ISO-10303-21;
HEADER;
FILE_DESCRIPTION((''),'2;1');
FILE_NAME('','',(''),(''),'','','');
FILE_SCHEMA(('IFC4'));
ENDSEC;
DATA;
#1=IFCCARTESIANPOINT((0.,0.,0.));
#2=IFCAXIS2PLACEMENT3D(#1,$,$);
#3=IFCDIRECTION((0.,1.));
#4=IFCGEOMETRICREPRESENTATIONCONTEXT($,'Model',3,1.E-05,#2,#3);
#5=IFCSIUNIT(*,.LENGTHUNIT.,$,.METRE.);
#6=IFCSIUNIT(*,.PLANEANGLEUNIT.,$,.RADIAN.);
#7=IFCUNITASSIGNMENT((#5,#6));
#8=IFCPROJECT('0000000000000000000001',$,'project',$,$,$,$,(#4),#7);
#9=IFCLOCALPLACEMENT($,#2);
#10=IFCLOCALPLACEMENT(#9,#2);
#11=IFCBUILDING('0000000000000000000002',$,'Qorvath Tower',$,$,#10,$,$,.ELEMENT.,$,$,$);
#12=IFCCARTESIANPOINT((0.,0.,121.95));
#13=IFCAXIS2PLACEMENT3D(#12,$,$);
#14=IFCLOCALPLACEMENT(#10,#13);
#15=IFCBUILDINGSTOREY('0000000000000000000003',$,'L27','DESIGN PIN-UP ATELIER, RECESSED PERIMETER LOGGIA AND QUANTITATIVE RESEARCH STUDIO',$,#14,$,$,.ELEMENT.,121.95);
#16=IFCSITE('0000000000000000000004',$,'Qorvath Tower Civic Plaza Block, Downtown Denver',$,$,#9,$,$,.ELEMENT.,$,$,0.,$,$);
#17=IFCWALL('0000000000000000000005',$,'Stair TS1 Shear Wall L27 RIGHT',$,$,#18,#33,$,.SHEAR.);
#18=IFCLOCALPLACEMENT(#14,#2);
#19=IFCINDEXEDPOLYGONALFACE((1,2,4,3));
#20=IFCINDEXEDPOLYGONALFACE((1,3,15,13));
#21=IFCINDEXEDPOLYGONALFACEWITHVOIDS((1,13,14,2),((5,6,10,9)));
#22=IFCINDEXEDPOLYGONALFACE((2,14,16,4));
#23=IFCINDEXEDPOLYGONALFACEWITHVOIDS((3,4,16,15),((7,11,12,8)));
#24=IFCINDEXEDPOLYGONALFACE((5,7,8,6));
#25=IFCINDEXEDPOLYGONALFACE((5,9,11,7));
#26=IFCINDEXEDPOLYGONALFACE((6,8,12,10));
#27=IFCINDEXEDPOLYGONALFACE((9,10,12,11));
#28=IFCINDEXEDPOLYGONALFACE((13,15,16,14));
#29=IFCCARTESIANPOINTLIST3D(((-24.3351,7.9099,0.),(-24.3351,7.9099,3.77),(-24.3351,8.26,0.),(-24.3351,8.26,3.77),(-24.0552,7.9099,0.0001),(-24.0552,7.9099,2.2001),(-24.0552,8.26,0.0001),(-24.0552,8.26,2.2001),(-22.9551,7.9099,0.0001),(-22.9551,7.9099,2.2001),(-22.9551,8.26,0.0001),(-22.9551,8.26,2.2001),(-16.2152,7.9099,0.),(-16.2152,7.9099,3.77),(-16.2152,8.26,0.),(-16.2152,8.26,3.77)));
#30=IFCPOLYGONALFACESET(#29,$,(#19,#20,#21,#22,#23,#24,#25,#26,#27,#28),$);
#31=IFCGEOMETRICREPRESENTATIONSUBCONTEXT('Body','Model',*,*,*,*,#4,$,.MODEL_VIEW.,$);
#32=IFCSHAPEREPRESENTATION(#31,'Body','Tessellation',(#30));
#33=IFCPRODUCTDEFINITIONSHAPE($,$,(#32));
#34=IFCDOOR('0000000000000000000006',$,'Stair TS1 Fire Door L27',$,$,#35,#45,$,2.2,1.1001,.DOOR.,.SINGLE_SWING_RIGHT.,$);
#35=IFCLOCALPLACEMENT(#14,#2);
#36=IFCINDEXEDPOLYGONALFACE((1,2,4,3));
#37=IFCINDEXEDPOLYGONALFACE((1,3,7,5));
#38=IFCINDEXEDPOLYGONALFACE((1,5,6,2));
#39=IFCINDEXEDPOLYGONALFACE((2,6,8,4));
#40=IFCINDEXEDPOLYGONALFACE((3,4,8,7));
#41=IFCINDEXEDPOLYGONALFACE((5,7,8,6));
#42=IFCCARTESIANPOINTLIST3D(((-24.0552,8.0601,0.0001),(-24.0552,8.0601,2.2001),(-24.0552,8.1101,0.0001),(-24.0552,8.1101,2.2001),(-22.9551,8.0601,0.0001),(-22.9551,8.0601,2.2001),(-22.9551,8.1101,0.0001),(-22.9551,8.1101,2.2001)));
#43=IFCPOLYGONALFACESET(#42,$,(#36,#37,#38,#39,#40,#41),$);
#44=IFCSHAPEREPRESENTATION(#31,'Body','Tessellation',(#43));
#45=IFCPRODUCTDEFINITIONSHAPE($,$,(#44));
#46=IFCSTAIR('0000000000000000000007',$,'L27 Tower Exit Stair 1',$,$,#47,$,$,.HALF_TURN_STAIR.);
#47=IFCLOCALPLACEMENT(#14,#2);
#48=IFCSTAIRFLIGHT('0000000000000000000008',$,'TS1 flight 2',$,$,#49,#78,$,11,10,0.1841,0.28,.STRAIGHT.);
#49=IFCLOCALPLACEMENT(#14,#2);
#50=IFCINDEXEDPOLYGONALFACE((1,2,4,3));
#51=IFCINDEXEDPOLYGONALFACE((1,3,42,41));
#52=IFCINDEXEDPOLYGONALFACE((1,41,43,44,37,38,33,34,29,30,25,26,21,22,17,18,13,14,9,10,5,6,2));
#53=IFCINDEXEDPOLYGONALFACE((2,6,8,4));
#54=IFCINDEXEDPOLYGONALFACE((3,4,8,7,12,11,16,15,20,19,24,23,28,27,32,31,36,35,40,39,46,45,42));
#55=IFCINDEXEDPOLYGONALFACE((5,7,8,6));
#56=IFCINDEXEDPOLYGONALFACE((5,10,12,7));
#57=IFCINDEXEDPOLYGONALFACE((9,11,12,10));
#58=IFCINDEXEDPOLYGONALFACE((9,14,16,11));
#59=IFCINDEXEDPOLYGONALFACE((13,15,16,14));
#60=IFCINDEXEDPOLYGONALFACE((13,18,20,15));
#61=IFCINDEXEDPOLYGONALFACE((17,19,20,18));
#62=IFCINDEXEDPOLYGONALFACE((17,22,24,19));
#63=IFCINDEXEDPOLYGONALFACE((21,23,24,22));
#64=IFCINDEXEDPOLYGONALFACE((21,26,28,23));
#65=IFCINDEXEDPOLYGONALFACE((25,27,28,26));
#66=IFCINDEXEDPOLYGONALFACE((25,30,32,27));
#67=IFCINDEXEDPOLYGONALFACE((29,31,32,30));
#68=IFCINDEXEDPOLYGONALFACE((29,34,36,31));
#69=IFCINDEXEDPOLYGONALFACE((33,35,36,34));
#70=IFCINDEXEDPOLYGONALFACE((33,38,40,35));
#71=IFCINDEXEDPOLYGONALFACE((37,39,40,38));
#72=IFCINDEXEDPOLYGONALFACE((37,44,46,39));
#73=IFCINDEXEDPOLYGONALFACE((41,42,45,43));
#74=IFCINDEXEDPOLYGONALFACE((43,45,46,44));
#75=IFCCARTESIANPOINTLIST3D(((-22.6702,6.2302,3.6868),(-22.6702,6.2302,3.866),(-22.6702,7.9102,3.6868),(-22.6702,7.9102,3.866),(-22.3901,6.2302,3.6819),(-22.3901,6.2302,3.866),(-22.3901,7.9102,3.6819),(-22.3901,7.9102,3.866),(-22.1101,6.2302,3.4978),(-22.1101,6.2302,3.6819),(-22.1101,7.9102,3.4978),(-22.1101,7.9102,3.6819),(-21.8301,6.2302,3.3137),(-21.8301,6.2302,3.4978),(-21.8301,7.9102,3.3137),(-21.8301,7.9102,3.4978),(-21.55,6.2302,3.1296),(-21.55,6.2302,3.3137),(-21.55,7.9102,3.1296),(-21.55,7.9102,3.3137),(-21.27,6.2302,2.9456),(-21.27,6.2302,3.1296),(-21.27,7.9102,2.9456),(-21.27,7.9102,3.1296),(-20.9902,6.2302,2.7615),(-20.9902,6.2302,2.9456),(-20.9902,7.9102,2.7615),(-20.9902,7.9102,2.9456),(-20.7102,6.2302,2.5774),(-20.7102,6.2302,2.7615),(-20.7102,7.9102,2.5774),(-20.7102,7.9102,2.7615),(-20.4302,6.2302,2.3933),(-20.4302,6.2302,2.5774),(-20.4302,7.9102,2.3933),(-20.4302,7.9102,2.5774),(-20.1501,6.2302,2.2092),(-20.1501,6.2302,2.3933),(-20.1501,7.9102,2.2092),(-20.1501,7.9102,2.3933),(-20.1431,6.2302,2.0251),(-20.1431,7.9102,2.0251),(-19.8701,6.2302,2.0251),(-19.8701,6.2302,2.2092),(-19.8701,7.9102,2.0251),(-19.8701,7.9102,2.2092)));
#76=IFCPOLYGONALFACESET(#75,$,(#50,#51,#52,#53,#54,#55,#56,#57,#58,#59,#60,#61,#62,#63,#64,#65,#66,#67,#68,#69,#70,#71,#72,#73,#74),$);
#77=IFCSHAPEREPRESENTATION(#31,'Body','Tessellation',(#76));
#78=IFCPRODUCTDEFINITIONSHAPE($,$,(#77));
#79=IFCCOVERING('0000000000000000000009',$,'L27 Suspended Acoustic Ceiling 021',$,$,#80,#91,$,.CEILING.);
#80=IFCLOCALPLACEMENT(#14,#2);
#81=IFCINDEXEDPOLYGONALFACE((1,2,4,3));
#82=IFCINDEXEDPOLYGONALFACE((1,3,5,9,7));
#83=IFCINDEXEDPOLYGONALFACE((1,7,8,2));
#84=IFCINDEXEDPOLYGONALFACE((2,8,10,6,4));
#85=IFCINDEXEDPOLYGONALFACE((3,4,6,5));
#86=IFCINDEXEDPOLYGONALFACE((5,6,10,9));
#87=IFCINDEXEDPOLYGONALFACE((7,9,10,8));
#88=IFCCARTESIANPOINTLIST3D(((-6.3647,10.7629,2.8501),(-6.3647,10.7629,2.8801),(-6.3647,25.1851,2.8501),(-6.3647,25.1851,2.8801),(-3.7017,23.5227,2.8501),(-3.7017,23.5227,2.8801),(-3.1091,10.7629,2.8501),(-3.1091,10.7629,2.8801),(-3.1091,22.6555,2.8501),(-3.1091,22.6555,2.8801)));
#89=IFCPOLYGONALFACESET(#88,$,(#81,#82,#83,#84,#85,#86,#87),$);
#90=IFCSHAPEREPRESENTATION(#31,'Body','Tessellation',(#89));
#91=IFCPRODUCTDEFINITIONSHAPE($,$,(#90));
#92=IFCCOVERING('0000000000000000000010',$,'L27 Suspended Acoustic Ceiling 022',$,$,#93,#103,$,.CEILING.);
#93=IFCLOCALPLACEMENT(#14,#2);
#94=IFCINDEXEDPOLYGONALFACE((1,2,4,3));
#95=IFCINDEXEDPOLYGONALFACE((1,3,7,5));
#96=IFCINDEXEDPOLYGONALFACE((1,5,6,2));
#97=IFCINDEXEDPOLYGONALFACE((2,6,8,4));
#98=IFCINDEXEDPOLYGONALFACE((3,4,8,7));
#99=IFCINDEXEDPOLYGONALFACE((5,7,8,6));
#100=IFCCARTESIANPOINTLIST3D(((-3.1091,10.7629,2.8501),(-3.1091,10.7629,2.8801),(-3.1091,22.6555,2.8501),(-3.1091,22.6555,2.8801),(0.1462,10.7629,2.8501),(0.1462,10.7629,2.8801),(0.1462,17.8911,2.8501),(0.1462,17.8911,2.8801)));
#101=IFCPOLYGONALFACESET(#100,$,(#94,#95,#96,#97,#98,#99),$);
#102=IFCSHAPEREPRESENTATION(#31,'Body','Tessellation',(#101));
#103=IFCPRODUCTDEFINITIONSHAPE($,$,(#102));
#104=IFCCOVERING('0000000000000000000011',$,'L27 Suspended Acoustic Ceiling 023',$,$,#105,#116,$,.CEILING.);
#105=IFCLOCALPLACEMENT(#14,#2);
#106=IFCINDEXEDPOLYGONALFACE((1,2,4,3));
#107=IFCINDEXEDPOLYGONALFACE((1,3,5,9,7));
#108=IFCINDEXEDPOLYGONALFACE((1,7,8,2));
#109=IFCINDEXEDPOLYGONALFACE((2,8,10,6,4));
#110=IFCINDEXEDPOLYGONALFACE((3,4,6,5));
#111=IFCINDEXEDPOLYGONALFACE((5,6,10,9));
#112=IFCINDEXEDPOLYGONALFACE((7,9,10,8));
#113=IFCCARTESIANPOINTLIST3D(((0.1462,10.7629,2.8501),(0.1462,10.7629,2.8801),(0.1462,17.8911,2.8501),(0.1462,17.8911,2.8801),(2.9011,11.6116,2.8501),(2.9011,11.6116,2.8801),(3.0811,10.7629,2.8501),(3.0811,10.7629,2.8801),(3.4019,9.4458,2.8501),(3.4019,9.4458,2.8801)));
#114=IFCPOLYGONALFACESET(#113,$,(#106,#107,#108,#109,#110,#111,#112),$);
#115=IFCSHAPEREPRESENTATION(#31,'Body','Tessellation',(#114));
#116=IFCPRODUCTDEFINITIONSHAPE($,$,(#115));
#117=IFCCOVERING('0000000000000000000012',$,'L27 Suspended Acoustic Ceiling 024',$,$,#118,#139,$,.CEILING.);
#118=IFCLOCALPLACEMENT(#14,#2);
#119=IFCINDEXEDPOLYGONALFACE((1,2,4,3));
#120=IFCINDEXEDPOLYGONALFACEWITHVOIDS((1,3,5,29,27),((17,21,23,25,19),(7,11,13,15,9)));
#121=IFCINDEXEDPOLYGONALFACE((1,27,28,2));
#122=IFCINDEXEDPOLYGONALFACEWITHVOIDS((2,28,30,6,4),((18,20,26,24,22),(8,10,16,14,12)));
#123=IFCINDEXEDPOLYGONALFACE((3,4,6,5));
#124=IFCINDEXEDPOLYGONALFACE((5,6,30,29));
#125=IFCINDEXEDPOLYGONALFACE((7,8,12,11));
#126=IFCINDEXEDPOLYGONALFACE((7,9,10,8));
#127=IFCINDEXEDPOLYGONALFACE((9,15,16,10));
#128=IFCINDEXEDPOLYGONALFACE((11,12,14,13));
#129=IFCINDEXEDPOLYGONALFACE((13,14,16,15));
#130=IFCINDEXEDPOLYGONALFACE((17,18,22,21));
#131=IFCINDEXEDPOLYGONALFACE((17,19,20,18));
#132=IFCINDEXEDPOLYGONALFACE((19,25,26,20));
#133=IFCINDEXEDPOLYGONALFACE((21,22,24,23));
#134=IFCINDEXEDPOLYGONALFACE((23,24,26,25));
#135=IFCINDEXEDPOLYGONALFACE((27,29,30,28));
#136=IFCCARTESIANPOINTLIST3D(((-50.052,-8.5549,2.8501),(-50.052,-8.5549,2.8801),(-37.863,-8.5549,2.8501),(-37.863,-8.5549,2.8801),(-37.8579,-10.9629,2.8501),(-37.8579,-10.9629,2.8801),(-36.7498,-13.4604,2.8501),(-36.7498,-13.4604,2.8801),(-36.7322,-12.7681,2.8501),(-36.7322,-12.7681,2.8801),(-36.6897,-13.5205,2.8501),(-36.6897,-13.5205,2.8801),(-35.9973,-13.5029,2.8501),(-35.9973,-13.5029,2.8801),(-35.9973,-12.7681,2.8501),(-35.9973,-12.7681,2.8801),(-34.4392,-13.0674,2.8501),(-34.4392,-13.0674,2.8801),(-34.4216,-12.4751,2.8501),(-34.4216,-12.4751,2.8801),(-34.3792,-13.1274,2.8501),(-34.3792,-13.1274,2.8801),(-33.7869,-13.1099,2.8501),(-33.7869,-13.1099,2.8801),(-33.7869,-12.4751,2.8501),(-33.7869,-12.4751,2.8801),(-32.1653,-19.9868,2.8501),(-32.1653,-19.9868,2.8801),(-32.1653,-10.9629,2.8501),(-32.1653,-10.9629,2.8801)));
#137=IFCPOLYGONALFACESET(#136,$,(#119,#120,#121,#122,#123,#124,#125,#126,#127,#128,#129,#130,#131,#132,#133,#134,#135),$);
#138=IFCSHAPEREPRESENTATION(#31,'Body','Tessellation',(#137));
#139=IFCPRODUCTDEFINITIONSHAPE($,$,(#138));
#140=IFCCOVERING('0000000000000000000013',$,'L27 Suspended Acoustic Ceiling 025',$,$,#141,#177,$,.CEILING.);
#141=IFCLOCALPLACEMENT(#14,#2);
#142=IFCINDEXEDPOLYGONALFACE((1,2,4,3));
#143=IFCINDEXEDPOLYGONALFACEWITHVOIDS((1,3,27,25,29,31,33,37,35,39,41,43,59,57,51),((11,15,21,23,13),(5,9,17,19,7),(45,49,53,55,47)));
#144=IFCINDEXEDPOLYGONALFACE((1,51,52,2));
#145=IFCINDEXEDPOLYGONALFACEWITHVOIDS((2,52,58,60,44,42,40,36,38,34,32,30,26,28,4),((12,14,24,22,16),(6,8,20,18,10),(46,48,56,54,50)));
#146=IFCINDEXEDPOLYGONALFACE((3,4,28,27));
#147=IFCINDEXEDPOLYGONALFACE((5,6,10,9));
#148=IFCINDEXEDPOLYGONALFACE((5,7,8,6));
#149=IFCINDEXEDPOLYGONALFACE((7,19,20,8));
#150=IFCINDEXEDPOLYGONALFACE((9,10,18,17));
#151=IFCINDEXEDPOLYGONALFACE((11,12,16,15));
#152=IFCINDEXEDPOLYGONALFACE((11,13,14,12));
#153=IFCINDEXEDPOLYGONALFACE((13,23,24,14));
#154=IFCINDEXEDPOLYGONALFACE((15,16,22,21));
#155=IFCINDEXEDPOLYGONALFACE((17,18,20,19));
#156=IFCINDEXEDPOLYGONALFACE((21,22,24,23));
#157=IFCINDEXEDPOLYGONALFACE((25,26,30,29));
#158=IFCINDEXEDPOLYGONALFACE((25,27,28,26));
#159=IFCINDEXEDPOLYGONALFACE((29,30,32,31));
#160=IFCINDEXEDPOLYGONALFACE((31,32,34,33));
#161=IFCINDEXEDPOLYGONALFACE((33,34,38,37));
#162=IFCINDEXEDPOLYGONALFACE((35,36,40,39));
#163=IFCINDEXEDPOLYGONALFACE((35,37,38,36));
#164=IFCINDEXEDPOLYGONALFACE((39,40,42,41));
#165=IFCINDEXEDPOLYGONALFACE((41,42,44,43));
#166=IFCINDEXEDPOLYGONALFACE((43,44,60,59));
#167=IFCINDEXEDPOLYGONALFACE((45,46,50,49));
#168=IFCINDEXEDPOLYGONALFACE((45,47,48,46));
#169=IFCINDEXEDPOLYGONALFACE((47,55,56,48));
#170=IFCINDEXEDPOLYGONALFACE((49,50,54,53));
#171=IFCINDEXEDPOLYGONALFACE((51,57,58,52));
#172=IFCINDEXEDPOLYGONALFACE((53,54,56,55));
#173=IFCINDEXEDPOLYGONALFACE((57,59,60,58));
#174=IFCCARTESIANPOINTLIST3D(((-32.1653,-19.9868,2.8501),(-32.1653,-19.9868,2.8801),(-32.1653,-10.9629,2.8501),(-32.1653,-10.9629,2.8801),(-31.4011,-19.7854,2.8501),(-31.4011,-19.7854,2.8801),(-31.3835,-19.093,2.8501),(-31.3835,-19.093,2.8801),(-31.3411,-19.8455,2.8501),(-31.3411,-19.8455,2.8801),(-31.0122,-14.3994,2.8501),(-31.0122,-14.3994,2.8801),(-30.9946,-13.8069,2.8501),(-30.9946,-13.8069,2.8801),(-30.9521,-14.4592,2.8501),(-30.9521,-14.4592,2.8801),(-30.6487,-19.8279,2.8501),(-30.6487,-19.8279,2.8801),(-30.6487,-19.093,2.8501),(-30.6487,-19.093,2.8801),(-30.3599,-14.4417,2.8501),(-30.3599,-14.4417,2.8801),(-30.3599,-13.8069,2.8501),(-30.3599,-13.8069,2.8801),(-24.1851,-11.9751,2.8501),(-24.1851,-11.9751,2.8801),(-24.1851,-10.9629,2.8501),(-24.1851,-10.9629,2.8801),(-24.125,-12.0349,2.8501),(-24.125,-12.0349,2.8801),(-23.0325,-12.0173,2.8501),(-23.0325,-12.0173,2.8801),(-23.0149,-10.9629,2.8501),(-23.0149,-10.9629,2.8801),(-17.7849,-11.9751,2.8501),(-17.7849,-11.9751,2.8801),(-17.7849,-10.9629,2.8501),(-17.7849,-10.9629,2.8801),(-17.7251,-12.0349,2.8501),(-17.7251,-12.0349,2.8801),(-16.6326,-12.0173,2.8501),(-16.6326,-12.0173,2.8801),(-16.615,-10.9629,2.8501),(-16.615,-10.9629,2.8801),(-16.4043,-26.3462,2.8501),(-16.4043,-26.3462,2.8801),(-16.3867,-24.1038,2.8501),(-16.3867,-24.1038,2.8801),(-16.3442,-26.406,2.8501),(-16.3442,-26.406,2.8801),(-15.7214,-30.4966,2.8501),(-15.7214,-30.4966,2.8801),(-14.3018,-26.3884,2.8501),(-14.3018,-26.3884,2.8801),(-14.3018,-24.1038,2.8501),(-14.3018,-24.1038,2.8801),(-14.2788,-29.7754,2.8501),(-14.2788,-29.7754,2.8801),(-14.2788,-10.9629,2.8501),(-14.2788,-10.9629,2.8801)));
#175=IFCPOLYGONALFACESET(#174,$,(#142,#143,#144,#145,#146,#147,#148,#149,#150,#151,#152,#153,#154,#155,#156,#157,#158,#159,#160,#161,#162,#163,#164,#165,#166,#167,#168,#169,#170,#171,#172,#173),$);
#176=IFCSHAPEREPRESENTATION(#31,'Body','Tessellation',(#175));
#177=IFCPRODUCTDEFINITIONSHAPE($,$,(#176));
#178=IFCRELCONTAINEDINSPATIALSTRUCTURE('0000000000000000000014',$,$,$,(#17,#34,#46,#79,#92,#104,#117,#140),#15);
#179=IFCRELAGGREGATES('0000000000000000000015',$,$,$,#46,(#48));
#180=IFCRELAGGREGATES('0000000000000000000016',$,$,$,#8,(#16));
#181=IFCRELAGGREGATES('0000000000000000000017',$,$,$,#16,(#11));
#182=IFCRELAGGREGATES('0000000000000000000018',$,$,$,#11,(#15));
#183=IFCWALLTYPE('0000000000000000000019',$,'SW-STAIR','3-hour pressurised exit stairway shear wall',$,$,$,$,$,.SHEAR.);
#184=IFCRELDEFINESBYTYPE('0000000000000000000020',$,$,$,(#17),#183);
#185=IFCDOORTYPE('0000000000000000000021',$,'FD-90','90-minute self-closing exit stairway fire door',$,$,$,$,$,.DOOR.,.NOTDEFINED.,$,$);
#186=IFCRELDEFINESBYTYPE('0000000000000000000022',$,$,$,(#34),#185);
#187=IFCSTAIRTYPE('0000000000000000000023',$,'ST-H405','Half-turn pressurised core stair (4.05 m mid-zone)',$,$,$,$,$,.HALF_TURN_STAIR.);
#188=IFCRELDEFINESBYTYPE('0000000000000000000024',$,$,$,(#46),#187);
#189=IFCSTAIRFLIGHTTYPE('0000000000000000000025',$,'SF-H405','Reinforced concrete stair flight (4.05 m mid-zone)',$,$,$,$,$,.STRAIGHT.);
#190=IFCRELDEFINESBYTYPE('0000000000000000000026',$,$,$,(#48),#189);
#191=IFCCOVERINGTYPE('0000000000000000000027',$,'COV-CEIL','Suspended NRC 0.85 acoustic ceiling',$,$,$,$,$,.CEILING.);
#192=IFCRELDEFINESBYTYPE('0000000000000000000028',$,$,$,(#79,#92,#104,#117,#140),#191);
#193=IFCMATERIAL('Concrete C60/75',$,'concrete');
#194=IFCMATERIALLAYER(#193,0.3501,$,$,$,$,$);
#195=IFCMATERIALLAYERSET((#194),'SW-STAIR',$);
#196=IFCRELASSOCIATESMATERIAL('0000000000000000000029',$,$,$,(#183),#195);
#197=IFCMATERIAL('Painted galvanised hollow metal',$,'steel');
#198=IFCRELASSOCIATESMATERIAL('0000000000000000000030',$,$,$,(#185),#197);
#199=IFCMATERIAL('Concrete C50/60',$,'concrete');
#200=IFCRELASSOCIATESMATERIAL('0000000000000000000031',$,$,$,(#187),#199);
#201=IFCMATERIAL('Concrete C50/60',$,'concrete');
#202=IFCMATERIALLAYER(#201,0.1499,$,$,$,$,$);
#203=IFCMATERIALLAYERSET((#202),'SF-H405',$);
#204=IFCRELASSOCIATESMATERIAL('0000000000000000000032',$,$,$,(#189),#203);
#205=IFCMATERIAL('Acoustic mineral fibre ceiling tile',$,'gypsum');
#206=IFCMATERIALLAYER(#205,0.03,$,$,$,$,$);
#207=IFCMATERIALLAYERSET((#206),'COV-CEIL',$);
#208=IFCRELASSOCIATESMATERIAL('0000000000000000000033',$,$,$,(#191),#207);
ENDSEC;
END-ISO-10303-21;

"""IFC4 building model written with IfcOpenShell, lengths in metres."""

from ifc_helpers import new_model, si_unit, direction, frame, frame_2d, origin, place, context, subcontext, project, spatial, polyline, rectangle, outline, extrude, material, layer, layer_set, type_object, element, fill, aggregate, save


model = new_model("IFC4")

# Units and contexts
model_context = context("Model", 3, precision=1e-05, world=origin(), true_north=direction((0.0, 1.0)))
body_context = subcontext(model_context, "Body", "Model", "MODEL_VIEW")
ifc_project = project(units=[si_unit("LENGTHUNIT", "METRE"), si_unit("PLANEANGLEUNIT", "RADIAN")], contexts=[model_context])

# Site, building, storey
site_placement = place(None, origin())
site = spatial("IfcSite", under=ifc_project, at=site_placement, Name="Qorvath Tower Civic Plaza Block, Downtown Denver", CompositionType="ELEMENT", RefElevation=0.0)
building_placement = place(site_placement, origin())
building = spatial("IfcBuilding", under=site, at=building_placement, Name="Qorvath Tower", CompositionType="ELEMENT")
storey_placement = place(building_placement, frame((0.0, 0.0, 121.95)))
storey = spatial("IfcBuildingStorey", under=building, at=storey_placement, Name="L27", Description="DESIGN PIN-UP ATELIER, RECESSED PERIMETER LOGGIA AND QUANTITATIVE RESEARCH STUDIO", CompositionType="ELEMENT", Elevation=121.95)

# Shared definitions
ifc_material_1 = material(Name="Concrete C60/75", Category="concrete")
ifc_layer_1 = layer(ifc_material_1, 0.3501)
ifc_layer_set_1 = layer_set([ifc_layer_1], Name="SW-STAIR")
wall_type_1 = type_object("IfcWallType", Name="SW-STAIR", Description="3-hour pressurised exit stairway shear wall", PredefinedType="SHEAR", material=ifc_layer_set_1)

# Wall, opening, door
wall_1_placement = place(storey_placement, frame((-16.2151, 8.085, 0.0), z_axis=(0.0, 0.0, 1.0), x_axis=(-1.0, 0.0, 0.0)))
wall_1 = element("IfcWall", 1, at=wall_1_placement, inside=storey, type_object=wall_type_1, Name="Stair TS1 Shear Wall L27 RIGHT", PredefinedType="SHEAR", context=body_context, shape_type="SweptSolid", body=[
    extrude(rectangle(XDim=8.1199, YDim=0.3501, at=frame_2d((4.0601, 0.0))), origin(), (0.0, 0.0, 1.0), 3.77),
])
opening_1_placement = place(wall_1_placement, frame((6.74, 0.0, 0.0)))
opening_1 = element("IfcOpeningElement", 2, at=opening_1_placement, cuts=wall_1, PredefinedType="OPENING", context=body_context, shape_type="SweptSolid", body=[
    extrude(rectangle(XDim=1.1001, YDim=2.2, at=frame_2d((0.55, 1.1001))), frame((0.0, 0.1851, 0.0), z_axis=(0.0, -1.0, 0.0), x_axis=(1.0, 0.0, 0.0)), (0.0, 0.0, 1.0), 0.3701),
])
ifc_material_2 = material(Name="Painted galvanised hollow metal", Category="steel")
door_type_1 = type_object("IfcDoorType", Name="FD-90", Description="90-minute self-closing exit stairway fire door", OperationType="NOTDEFINED", PredefinedType="DOOR", material=ifc_material_2)
door_1_placement = place(opening_1_placement, origin())
door_1 = element("IfcDoor", 3, at=door_1_placement, inside=storey, type_object=door_type_1, Name="Stair TS1 Fire Door L27", OperationType="SINGLE_SWING_RIGHT", OverallHeight=2.2, OverallWidth=1.1001, PredefinedType="DOOR", context=body_context, shape_type="SweptSolid", body=[
    extrude(rectangle(XDim=1.1001, YDim=2.2, at=frame_2d((0.55, 1.1001))), frame((0.0, 0.0249, 0.0), z_axis=(0.0, -1.0, 0.0), x_axis=(1.0, 0.0, 0.0)), (0.0, 0.0, 1.0), 0.05),
])
fill(opening_1, door_1)

# Stair, stair flight
ifc_material_3 = material(Name="Concrete C50/60", Category="concrete")
stair_type = type_object("IfcStairType", Name="ST-H405", Description="Half-turn pressurised core stair (4.05 m mid-zone)", PredefinedType="HALF_TURN_STAIR", material=ifc_material_3)
stair_placement = place(storey_placement, origin())
stair = element("IfcStair", 4, at=stair_placement, inside=storey, type_object=stair_type, Name="L27 Tower Exit Stair 1", PredefinedType="HALF_TURN_STAIR")
ifc_material_4 = material(Name="Concrete C50/60", Category="concrete")
ifc_layer_2 = layer(ifc_material_4, 0.1499)
ifc_layer_set_2 = layer_set([ifc_layer_2], Name="SF-H405")
stair_flight_type = type_object("IfcStairFlightType", Name="SF-H405", Description="Reinforced concrete stair flight (4.05 m mid-zone)", PredefinedType="STRAIGHT", material=ifc_layer_set_2)
stair_flight_placement = place(storey_placement, frame((-19.8701, 7.0701, 2.0251), z_axis=(0.0, 0.0, 1.0), x_axis=(-1.0, 0.0, 0.0)))
stair_flight = element("IfcStairFlight", 5, at=stair_flight_placement, type_object=stair_flight_type, Name="TS1 flight 2", NumberOfRisers=11, NumberOfTreads=10, PredefinedType="STRAIGHT", RiserHeight=0.1841, TreadLength=0.28, context=body_context, shape_type="SweptSolid", body=[
    extrude(outline(polyline([(0.0, 0.0), (0.0, 0.1841), (0.28, 0.1841), (0.28, 0.3682), (0.5601, 0.3682), (0.5601, 0.5522), (0.8401, 0.5522), (0.8401, 0.7363), (1.1201, 0.7363), (1.1201, 0.9204), (1.3999, 0.9204), (1.3999, 1.1045), (1.6799, 1.1045), (1.6799, 1.2886), (1.96, 1.2886), (1.96, 1.4727), (2.24, 1.4727), (2.24, 1.6567), (2.52, 1.6567), (2.52, 1.8408), (2.8, 1.8408), (2.8, 2.0249), (2.8, 1.6616), (0.2729, 0.0), (0.0, 0.0)])), frame((0.0, 0.8398, 0.0), z_axis=(0.0, -1.0, 0.0), x_axis=(1.0, 0.0, 0.0)), (0.0, 0.0, 1.0), 1.6799),
])
aggregate(stair, [stair_flight])

# Coverings
ifc_material_5 = material(Name="Acoustic mineral fibre ceiling tile", Category="gypsum")
ifc_layer_3 = layer(ifc_material_5, 0.03)
ifc_layer_set_3 = layer_set([ifc_layer_3], Name="COV-CEIL")
covering_type_1 = type_object("IfcCoveringType", Name="COV-CEIL", Description="Suspended NRC 0.85 acoustic ceiling", PredefinedType="CEILING", material=ifc_layer_set_3)
covering_1_placement = place(storey_placement, frame((0.0, 0.0, 2.8501)))
element("IfcCovering", 6, at=covering_1_placement, inside=storey, type_object=covering_type_1, Name="L27 Suspended Acoustic Ceiling 021", PredefinedType="CEILING", context=body_context, shape_type="SweptSolid", body=[
    extrude(outline(polyline([(-3.1091, 10.7629), (-3.1091, 22.6555), (-3.7017, 23.5227), (-6.3647, 25.1851), (-6.3647, 10.7629), (-3.1091, 10.7629)])), origin(), (0.0, 0.0, 1.0), 0.03),
])
covering_2_placement = place(storey_placement, frame((0.0, 0.0, 2.8501)))
element("IfcCovering", 7, at=covering_2_placement, inside=storey, type_object=covering_type_1, Name="L27 Suspended Acoustic Ceiling 022", PredefinedType="CEILING", context=body_context, shape_type="SweptSolid", body=[
    extrude(outline(polyline([(0.1462, 10.7629), (0.1462, 17.8911), (-3.1091, 22.6555), (-3.1091, 10.7629), (0.1462, 10.7629)])), origin(), (0.0, 0.0, 1.0), 0.03),
])
covering_3_placement = place(storey_placement, frame((0.0, 0.0, 2.8501)))
element("IfcCovering", 8, at=covering_3_placement, inside=storey, type_object=covering_type_1, Name="L27 Suspended Acoustic Ceiling 023", PredefinedType="CEILING", context=body_context, shape_type="SweptSolid", body=[
    extrude(outline(polyline([(3.4019, 9.4458), (2.9011, 11.6116), (0.1462, 17.8911), (0.1462, 10.7629), (3.0811, 10.7629), (3.4019, 9.4458)])), origin(), (0.0, 0.0, 1.0), 0.03),
])
covering_4_placement = place(storey_placement, frame((0.0, 0.0, 2.8501)))
element("IfcCovering", 9, at=covering_4_placement, inside=storey, type_object=covering_type_1, Name="L27 Suspended Acoustic Ceiling 024", PredefinedType="CEILING", context=body_context, shape_type="SweptSolid", body=[
    extrude(outline(polyline([(-32.1653, -19.9868), (-32.1653, -10.9629), (-37.8579, -10.9629), (-37.863, -8.5549), (-50.052, -8.5549), (-32.1653, -19.9868)]), holes=[polyline([(-34.4392, -13.0674), (-34.4216, -12.4751), (-33.7869, -12.4751), (-33.7869, -13.1099), (-34.3792, -13.1274), (-34.4392, -13.0674)]), polyline([(-36.7498, -13.4604), (-36.7322, -12.7681), (-35.9973, -12.7681), (-35.9973, -13.5029), (-36.6897, -13.5205), (-36.7498, -13.4604)])]), origin(), (0.0, 0.0, 1.0), 0.03),
])
covering_5_placement = place(storey_placement, frame((0.0, 0.0, 2.8501)))
element("IfcCovering", 10, at=covering_5_placement, inside=storey, type_object=covering_type_1, Name="L27 Suspended Acoustic Ceiling 025", PredefinedType="CEILING", context=body_context, shape_type="SweptSolid", body=[
    extrude(outline(polyline([(-14.2788, -29.7754), (-14.2788, -10.9629), (-16.615, -10.9629), (-16.6326, -12.0173), (-17.7251, -12.0349), (-17.7849, -11.9751), (-17.7849, -10.9629), (-23.0149, -10.9629), (-23.0325, -12.0173), (-24.125, -12.0349), (-24.1851, -11.9751), (-24.1851, -10.9629), (-32.1653, -10.9629), (-32.1653, -19.9868), (-15.7214, -30.4966), (-14.2788, -29.7754)]), holes=[polyline([(-16.4043, -26.3462), (-16.3867, -24.1038), (-14.3018, -24.1038), (-14.3018, -26.3884), (-16.3442, -26.406), (-16.4043, -26.3462)]), polyline([(-31.0122, -14.3994), (-30.9946, -13.8069), (-30.3599, -13.8069), (-30.3599, -14.4417), (-30.9521, -14.4592), (-31.0122, -14.3994)]), polyline([(-31.4011, -19.7854), (-31.3835, -19.093), (-30.6487, -19.093), (-30.6487, -19.8279), (-31.3411, -19.8455), (-31.4011, -19.7854)])]), origin(), (0.0, 0.0, 1.0), 0.03),
])

save(model, "model.ifc")
